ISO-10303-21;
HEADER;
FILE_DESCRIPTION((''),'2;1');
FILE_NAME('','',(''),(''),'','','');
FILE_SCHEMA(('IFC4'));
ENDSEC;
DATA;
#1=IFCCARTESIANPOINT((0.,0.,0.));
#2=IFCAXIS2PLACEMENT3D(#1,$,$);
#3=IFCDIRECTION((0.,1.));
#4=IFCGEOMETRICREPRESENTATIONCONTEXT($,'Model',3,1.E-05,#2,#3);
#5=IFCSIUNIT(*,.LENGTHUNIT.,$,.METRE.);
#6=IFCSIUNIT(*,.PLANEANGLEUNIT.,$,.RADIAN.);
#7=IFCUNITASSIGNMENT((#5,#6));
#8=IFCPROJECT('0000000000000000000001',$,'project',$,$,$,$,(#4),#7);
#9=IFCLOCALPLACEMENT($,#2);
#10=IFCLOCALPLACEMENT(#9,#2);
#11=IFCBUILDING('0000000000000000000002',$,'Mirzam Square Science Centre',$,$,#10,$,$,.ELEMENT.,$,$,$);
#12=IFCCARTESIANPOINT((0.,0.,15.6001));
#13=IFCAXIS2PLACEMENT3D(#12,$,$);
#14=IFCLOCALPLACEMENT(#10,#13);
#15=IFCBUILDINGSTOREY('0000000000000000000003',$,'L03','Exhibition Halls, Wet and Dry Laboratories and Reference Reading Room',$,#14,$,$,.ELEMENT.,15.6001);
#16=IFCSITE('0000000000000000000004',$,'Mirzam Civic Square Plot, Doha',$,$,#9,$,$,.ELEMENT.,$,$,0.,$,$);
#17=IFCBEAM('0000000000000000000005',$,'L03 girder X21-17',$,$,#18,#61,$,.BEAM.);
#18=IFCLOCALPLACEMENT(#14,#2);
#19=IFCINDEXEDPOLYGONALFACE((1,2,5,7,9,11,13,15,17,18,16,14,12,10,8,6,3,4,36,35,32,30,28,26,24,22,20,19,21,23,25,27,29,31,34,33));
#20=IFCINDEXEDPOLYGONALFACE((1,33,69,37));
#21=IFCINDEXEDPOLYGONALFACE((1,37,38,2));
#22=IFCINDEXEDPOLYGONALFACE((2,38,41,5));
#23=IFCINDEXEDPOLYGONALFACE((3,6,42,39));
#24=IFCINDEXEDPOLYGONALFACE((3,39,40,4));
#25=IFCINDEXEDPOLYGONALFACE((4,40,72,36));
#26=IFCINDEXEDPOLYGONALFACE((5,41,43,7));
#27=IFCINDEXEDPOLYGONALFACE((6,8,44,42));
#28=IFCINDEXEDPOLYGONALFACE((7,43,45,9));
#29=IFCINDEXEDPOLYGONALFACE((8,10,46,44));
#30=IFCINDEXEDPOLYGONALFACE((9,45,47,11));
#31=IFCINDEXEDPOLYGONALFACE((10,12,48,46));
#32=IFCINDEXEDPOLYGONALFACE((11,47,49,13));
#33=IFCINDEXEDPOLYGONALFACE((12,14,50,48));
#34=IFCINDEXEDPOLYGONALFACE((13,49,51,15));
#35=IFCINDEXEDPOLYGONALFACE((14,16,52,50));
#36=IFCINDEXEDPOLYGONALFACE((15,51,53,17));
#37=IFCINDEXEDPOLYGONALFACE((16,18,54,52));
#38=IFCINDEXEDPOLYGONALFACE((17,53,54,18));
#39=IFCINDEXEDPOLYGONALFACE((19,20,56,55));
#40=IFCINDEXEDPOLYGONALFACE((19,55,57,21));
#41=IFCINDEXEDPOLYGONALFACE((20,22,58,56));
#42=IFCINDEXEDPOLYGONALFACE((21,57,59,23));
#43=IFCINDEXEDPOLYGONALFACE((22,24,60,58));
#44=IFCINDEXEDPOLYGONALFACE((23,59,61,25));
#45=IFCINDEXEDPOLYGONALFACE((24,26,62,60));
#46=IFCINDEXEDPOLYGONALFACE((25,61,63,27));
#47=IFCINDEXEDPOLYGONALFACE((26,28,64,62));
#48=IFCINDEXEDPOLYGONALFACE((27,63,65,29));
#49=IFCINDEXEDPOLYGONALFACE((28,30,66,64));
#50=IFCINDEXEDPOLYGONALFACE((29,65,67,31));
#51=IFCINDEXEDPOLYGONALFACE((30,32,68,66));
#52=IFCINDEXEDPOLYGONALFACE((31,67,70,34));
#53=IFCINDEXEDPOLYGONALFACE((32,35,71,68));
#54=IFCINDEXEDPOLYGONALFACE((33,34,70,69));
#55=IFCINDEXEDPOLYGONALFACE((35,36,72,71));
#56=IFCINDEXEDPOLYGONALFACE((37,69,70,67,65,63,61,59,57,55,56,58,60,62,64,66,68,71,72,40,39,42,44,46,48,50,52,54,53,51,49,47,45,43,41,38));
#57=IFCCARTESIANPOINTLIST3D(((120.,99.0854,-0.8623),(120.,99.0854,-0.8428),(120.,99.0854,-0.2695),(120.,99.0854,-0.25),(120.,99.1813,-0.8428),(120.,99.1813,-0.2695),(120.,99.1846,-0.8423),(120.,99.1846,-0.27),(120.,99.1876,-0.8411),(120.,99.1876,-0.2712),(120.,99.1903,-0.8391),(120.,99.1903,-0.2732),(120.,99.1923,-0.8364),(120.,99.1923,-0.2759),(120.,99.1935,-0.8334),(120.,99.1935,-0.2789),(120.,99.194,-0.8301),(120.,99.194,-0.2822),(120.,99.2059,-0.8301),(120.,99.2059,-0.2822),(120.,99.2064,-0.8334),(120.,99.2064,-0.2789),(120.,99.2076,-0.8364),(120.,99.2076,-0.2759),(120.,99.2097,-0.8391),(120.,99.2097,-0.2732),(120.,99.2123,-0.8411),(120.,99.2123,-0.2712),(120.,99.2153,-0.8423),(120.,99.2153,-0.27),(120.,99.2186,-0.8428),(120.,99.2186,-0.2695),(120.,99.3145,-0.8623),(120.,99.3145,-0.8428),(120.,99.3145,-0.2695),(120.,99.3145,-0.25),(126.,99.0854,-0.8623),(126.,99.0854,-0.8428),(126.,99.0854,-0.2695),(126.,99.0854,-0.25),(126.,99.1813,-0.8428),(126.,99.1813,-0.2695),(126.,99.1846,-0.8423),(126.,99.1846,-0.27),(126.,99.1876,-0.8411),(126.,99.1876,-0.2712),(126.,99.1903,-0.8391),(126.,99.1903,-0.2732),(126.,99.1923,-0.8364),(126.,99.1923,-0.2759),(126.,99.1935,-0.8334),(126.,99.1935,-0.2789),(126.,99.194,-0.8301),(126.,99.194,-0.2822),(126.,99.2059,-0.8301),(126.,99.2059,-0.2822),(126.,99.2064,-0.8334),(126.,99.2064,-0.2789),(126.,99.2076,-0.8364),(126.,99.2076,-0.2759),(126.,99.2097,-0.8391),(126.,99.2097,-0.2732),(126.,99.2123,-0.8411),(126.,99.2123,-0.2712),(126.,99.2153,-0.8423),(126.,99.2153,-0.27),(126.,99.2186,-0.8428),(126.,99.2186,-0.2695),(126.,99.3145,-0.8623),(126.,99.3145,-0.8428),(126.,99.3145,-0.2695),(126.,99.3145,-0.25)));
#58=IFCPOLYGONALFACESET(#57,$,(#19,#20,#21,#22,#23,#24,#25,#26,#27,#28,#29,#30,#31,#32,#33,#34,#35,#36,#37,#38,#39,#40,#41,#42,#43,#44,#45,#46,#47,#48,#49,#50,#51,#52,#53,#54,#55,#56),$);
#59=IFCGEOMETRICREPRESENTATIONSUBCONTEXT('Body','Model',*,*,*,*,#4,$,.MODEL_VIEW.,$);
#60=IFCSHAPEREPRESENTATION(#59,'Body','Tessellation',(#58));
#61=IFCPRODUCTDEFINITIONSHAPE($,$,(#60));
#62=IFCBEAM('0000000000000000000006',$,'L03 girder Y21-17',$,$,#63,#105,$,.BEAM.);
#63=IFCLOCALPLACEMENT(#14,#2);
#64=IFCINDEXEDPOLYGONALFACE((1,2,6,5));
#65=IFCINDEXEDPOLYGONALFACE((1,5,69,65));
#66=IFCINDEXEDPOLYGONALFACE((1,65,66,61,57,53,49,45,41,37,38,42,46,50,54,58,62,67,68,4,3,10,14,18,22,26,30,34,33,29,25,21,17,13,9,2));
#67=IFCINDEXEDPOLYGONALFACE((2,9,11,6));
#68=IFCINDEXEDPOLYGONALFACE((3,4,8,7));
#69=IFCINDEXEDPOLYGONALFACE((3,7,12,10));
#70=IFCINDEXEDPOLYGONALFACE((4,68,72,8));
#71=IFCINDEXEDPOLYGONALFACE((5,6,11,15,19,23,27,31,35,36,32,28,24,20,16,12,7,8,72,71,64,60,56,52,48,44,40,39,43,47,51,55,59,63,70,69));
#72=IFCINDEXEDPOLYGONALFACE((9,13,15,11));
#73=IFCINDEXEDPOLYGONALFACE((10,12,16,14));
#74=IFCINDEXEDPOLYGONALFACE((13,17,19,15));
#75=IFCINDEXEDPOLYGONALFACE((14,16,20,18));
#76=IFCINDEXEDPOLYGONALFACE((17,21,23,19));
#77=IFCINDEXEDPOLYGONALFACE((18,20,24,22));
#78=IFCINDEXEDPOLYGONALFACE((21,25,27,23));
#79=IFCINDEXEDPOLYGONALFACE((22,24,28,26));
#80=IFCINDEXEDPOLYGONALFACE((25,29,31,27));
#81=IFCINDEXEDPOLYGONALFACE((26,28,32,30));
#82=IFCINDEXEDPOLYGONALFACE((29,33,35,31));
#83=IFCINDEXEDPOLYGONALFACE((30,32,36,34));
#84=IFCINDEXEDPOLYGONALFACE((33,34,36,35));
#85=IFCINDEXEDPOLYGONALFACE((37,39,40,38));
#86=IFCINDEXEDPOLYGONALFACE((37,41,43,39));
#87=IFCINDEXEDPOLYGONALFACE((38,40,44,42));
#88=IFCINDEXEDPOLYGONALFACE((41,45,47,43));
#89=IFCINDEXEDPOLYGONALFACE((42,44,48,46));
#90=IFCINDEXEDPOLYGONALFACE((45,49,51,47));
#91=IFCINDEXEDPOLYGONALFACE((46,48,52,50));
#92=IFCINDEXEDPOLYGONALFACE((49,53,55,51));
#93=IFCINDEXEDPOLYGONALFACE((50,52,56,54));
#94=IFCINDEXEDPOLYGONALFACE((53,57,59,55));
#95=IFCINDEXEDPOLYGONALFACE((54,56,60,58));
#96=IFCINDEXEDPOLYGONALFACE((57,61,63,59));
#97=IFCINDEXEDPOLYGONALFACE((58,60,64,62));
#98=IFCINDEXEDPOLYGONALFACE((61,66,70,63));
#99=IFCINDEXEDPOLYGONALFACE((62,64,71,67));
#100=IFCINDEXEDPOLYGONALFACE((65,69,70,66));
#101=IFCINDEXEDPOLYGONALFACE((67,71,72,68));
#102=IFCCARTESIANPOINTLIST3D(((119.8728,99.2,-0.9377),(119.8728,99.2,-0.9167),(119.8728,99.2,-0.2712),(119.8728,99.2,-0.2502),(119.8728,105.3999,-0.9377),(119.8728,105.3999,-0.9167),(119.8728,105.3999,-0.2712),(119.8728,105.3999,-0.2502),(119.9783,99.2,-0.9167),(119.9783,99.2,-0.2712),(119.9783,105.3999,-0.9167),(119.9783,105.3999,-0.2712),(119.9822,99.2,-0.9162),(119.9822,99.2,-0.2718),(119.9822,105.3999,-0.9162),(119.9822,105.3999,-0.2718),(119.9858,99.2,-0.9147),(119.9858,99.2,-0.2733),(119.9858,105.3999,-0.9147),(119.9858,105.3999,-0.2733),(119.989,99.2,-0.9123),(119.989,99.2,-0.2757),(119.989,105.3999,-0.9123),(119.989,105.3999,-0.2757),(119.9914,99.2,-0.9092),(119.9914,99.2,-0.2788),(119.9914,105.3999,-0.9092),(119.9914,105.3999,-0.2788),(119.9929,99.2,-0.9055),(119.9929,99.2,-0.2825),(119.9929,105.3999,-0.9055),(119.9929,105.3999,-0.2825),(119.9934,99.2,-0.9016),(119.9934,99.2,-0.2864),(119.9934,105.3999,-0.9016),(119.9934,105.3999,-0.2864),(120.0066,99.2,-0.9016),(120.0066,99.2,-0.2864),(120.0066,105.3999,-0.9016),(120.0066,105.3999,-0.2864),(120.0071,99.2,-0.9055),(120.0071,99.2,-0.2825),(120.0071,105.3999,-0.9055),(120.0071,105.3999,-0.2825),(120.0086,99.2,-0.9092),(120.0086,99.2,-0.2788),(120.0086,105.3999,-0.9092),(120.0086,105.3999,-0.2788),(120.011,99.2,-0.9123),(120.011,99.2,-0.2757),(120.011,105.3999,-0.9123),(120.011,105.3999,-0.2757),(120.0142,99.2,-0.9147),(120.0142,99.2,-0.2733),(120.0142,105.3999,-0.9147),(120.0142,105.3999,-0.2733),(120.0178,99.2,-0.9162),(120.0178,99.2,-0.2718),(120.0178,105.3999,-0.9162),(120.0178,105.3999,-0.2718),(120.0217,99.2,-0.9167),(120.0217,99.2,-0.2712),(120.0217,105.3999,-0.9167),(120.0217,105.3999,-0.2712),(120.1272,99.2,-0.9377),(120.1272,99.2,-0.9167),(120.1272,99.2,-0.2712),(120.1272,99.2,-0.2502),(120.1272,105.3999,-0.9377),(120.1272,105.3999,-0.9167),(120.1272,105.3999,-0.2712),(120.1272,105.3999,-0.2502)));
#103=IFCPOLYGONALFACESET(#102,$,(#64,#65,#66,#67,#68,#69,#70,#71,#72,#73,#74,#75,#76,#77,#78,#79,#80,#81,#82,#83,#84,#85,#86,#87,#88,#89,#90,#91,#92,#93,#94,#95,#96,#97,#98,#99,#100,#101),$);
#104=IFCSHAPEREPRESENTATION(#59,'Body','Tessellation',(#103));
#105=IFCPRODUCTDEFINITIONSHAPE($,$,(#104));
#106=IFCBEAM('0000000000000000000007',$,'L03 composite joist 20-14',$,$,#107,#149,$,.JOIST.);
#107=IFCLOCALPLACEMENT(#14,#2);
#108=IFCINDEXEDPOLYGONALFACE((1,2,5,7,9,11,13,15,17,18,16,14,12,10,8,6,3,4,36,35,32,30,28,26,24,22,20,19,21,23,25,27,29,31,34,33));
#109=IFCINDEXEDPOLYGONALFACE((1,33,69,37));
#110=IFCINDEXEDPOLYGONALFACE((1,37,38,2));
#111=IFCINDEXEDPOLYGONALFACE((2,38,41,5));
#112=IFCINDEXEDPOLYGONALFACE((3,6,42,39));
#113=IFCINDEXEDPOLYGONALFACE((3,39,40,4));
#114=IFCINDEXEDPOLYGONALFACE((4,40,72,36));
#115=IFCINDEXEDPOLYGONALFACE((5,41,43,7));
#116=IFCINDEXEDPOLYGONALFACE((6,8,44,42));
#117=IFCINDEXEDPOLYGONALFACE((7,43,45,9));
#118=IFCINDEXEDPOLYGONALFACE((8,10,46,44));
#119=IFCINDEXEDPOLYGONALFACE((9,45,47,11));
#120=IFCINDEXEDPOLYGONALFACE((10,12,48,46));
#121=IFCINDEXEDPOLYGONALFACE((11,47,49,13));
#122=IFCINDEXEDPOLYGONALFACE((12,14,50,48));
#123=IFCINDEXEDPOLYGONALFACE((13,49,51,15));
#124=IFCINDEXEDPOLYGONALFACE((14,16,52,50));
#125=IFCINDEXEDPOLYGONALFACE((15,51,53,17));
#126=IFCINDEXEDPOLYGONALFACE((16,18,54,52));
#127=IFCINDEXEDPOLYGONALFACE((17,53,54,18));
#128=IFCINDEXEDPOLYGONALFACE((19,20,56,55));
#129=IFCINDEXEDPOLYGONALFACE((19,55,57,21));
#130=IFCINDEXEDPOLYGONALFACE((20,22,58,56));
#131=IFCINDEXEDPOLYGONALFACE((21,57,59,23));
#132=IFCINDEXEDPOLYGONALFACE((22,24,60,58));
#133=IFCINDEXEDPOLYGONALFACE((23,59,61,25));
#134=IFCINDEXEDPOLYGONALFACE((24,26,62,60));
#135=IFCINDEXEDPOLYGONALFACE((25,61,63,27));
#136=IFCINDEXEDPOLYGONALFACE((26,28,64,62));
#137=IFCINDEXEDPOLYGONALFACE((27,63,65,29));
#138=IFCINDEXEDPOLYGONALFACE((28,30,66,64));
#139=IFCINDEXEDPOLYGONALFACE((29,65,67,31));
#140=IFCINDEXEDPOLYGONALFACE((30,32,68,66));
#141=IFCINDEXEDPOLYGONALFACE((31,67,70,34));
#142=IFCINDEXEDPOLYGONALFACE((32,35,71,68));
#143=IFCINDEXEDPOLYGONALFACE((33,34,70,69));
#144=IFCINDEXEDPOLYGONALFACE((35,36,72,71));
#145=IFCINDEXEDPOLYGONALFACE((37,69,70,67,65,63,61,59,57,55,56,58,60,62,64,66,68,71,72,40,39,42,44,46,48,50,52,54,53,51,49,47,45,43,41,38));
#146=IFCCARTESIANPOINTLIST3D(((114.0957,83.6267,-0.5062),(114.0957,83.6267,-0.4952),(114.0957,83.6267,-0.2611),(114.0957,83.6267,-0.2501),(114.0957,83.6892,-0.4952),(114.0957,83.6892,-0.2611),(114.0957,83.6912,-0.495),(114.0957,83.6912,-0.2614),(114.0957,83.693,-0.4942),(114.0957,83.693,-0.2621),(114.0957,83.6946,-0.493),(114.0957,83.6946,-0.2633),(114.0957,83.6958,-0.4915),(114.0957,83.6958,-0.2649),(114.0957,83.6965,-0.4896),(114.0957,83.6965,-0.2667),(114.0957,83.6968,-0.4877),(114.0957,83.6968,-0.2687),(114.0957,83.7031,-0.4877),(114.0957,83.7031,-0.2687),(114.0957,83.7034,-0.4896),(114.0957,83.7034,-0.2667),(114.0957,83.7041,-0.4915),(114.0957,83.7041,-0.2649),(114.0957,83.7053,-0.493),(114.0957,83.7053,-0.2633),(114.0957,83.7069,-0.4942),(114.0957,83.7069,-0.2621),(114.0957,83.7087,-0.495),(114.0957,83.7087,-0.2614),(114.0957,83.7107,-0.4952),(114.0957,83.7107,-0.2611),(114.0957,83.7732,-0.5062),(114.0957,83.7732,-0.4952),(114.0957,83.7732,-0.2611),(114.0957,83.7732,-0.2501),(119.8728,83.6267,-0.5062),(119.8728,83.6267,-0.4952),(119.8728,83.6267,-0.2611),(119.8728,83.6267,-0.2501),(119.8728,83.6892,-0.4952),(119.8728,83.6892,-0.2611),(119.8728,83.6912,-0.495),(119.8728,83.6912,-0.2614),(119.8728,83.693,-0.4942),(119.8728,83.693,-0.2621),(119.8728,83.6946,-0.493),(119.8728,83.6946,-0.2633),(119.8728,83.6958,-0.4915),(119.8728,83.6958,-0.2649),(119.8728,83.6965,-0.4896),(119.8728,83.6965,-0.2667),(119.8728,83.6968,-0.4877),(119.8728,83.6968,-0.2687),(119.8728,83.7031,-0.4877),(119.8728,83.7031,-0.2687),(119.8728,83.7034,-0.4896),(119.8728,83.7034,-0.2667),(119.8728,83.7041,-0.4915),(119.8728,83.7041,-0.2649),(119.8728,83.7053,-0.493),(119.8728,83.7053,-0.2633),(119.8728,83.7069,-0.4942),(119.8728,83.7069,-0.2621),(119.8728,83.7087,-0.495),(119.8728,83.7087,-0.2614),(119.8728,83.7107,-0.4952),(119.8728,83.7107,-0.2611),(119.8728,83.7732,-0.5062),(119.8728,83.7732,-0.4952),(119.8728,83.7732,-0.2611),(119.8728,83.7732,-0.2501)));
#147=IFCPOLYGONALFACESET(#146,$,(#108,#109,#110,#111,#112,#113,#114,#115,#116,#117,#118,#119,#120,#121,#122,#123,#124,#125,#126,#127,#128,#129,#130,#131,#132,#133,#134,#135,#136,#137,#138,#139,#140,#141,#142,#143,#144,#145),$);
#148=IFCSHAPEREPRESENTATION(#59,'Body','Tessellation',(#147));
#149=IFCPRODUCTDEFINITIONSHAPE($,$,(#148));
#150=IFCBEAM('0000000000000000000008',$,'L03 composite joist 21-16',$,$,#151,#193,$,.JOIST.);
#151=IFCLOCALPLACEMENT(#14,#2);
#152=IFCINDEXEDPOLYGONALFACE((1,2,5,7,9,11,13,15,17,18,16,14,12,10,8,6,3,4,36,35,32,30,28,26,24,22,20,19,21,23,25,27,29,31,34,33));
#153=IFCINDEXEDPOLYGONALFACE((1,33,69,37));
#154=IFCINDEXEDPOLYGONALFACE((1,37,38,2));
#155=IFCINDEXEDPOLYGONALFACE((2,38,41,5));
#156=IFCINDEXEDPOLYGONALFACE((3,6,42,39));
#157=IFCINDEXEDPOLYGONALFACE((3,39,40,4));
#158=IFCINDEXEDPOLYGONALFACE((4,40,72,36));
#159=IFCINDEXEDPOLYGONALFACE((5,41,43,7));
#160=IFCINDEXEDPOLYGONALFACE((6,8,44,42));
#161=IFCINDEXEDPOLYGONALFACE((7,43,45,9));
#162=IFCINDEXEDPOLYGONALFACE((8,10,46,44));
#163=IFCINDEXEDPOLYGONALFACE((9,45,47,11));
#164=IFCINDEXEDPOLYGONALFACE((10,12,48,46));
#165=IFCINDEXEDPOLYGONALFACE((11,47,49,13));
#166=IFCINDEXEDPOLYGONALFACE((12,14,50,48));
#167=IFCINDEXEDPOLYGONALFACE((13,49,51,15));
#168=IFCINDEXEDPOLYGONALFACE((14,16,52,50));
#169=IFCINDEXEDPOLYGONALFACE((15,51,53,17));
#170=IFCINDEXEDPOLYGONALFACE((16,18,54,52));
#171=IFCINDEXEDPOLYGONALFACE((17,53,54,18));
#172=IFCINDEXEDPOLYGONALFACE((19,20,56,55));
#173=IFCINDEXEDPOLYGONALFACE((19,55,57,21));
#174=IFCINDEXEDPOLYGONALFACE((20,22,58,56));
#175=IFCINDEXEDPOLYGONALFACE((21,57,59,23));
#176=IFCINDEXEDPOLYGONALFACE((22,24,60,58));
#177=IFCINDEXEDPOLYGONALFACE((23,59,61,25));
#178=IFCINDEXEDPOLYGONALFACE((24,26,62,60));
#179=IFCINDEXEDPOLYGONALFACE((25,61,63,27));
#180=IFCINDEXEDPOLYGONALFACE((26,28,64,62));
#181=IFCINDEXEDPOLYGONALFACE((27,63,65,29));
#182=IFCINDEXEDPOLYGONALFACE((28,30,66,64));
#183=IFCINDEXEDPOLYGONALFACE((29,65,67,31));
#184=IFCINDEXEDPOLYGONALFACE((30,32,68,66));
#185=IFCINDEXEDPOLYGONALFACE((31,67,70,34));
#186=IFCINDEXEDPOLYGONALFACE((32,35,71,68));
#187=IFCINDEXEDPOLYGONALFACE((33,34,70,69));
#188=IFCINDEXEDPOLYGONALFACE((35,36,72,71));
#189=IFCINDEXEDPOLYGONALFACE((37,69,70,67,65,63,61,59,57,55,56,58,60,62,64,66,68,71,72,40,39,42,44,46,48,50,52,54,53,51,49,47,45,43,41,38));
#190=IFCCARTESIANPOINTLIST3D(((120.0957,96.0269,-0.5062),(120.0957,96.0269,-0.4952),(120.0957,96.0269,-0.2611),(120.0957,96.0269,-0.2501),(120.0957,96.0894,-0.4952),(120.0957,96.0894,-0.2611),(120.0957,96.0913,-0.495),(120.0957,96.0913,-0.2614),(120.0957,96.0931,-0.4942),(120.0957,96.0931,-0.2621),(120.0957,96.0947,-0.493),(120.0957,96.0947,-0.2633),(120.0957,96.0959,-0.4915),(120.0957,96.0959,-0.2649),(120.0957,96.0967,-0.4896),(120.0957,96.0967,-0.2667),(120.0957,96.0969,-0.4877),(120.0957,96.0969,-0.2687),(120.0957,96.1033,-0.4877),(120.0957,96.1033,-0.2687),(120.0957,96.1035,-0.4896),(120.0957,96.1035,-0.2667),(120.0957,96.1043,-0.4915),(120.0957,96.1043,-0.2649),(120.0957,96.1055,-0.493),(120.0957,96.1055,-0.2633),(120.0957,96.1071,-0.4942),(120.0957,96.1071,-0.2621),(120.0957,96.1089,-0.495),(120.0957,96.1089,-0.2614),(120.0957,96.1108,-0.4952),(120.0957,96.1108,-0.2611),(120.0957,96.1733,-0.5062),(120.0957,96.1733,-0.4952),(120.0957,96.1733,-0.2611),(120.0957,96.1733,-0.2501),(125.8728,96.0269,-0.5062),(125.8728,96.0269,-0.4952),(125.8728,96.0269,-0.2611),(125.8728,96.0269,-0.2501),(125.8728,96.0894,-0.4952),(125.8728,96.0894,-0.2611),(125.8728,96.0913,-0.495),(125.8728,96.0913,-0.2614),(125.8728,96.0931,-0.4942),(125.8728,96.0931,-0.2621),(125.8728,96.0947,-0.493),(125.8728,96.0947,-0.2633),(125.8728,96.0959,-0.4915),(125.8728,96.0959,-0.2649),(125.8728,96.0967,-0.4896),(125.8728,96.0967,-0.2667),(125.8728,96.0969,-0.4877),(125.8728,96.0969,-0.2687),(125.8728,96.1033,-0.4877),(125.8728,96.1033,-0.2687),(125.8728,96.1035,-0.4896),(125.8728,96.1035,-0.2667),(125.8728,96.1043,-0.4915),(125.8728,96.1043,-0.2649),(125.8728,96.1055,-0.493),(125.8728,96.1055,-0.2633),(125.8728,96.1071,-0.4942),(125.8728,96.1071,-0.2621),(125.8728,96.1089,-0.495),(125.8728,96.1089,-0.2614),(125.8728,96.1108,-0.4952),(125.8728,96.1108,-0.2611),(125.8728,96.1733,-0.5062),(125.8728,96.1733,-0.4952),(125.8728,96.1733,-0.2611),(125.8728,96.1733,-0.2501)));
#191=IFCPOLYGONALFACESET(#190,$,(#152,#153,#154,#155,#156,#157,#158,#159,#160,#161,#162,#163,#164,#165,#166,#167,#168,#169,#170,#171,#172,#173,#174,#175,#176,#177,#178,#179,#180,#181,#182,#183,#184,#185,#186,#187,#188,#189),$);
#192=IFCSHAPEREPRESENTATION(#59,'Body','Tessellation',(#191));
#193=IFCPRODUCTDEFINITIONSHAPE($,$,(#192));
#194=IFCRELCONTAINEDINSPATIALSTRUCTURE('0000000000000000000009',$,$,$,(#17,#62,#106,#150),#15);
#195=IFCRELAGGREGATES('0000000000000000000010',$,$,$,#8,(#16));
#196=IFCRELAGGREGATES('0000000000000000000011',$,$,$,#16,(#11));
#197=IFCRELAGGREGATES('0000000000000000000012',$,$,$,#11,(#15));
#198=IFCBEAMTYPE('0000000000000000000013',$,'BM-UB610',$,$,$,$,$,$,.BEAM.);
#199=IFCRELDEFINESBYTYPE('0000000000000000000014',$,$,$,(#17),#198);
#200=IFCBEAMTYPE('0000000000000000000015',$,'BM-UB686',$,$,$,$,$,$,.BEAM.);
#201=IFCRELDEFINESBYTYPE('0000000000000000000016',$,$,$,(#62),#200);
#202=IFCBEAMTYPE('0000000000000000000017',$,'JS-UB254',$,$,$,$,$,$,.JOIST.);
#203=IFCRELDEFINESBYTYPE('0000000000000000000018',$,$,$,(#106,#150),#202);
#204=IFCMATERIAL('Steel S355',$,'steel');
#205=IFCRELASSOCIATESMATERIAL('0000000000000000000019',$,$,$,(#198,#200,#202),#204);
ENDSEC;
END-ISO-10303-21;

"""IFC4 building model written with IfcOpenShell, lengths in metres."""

from ifc_helpers import new_model, si_unit, direction, frame, origin, origin_2d, place, context, subcontext, project, spatial, i_section, extrude, material, material_profile, profile_set, type_object, element, save


model = new_model("IFC4")

# Units and contexts
model_context = context("Model", 3, precision=1e-05, world=origin(), true_north=direction((0.0, 1.0)))
body_context = subcontext(model_context, "Body", "Model", "MODEL_VIEW")
ifc_project = project(units=[si_unit("LENGTHUNIT", "METRE"), si_unit("PLANEANGLEUNIT", "RADIAN")], contexts=[model_context])

# Site, building, storey
site_placement = place(None, origin())
site = spatial("IfcSite", under=ifc_project, at=site_placement, Name="Mirzam Civic Square Plot, Doha", CompositionType="ELEMENT", RefElevation=0.0)
building_placement = place(site_placement, origin())
building = spatial("IfcBuilding", under=site, at=building_placement, Name="Mirzam Square Science Centre", CompositionType="ELEMENT")
storey_placement = place(building_placement, frame((0.0, 0.0, 15.6001)))
storey = spatial("IfcBuildingStorey", under=building, at=storey_placement, Name="L03", Description="Exhibition Halls, Wet and Dry Laboratories and Reference Reading Room", CompositionType="ELEMENT", Elevation=15.6001)

# Shared definitions
ifc_material_1 = material(Name="Steel S355", Category="steel")

# Beams
ifc_material_profile_1 = material_profile(ifc_material_1, i_section(OverallWidth=0.229, OverallDepth=0.6123, WebThickness=0.012, FlangeThickness=0.0195, FilletRadius=0.0127, at=origin_2d()), Name="610x229x125UB")
ifc_profile_set_1 = profile_set([ifc_material_profile_1], Name="Steel S355")
beam_type_1 = type_object("IfcBeamType", Name="BM-UB610", PredefinedType="BEAM", material=ifc_profile_set_1)
for number, where, z_axis, x_axis, name in (
    (1, (120.0, 99.2, -0.5562), (1.0, 0.0, 0.0), (0.0, 1.0, 0.0), "L03 girder X21-17"),
):
    element("IfcBeam", number, at=place(storey_placement, frame(where, z_axis=z_axis, x_axis=x_axis)), inside=storey, type_object=beam_type_1, Name=name, PredefinedType="BEAM", context=body_context, shape_type="SweptSolid", body=[
        extrude(i_section(OverallWidth=0.229, OverallDepth=0.6123, WebThickness=0.012, FlangeThickness=0.0195, FilletRadius=0.0127, at=origin_2d()), origin(), (0.0, 0.0, 1.0), 6.0),
    ])
ifc_material_profile_2 = material_profile(ifc_material_1, i_section(OverallWidth=0.2544, OverallDepth=0.6875, WebThickness=0.0132, FlangeThickness=0.021, FilletRadius=0.0151, at=origin_2d()), Name="686x254x152UB")
ifc_profile_set_2 = profile_set([ifc_material_profile_2], Name="Steel S355")
beam_type_2 = type_object("IfcBeamType", Name="BM-UB686", PredefinedType="BEAM", material=ifc_profile_set_2)
beam_1_placement = place(storey_placement, frame((120.0, 99.2, -0.594), z_axis=(0.0, 1.0, 0.0), x_axis=(-1.0, 0.0, 0.0)))
element("IfcBeam", 2, at=beam_1_placement, inside=storey, type_object=beam_type_2, Name="L03 girder Y21-17", PredefinedType="BEAM", context=body_context, shape_type="SweptSolid", body=[
    extrude(i_section(OverallWidth=0.2544, OverallDepth=0.6875, WebThickness=0.0132, FlangeThickness=0.021, FilletRadius=0.0151, at=origin_2d()), origin(), (0.0, 0.0, 1.0), 6.2),
])
ifc_material_profile_3 = material_profile(ifc_material_1, i_section(OverallWidth=0.1465, OverallDepth=0.2561, WebThickness=0.0063, FlangeThickness=0.011, FilletRadius=0.0076, at=origin_2d()), Name="254x146x37UB")
ifc_profile_set_3 = profile_set([ifc_material_profile_3], Name="Steel S355")
beam_type_3 = type_object("IfcBeamType", Name="JS-UB254", PredefinedType="JOIST", material=ifc_profile_set_3)
for number, where, z_axis, x_axis, name in (
    (3, (114.0957, 83.7, -0.3782), (1.0, 0.0, 0.0), (0.0, 1.0, 0.0), "L03 composite joist 20-14"),
    (4, (120.0957, 96.1001, -0.3782), (1.0, 0.0, 0.0), (0.0, 1.0, 0.0), "L03 composite joist 21-16"),
):
    element("IfcBeam", number, at=place(storey_placement, frame(where, z_axis=z_axis, x_axis=x_axis)), inside=storey, type_object=beam_type_3, Name=name, PredefinedType="JOIST", context=body_context, shape_type="SweptSolid", body=[
        extrude(i_section(OverallWidth=0.1465, OverallDepth=0.2561, WebThickness=0.0063, FlangeThickness=0.011, FilletRadius=0.0076, at=origin_2d()), origin(), (0.0, 0.0, 1.0), 5.7771),
    ])

save(model, "model.ifc")
